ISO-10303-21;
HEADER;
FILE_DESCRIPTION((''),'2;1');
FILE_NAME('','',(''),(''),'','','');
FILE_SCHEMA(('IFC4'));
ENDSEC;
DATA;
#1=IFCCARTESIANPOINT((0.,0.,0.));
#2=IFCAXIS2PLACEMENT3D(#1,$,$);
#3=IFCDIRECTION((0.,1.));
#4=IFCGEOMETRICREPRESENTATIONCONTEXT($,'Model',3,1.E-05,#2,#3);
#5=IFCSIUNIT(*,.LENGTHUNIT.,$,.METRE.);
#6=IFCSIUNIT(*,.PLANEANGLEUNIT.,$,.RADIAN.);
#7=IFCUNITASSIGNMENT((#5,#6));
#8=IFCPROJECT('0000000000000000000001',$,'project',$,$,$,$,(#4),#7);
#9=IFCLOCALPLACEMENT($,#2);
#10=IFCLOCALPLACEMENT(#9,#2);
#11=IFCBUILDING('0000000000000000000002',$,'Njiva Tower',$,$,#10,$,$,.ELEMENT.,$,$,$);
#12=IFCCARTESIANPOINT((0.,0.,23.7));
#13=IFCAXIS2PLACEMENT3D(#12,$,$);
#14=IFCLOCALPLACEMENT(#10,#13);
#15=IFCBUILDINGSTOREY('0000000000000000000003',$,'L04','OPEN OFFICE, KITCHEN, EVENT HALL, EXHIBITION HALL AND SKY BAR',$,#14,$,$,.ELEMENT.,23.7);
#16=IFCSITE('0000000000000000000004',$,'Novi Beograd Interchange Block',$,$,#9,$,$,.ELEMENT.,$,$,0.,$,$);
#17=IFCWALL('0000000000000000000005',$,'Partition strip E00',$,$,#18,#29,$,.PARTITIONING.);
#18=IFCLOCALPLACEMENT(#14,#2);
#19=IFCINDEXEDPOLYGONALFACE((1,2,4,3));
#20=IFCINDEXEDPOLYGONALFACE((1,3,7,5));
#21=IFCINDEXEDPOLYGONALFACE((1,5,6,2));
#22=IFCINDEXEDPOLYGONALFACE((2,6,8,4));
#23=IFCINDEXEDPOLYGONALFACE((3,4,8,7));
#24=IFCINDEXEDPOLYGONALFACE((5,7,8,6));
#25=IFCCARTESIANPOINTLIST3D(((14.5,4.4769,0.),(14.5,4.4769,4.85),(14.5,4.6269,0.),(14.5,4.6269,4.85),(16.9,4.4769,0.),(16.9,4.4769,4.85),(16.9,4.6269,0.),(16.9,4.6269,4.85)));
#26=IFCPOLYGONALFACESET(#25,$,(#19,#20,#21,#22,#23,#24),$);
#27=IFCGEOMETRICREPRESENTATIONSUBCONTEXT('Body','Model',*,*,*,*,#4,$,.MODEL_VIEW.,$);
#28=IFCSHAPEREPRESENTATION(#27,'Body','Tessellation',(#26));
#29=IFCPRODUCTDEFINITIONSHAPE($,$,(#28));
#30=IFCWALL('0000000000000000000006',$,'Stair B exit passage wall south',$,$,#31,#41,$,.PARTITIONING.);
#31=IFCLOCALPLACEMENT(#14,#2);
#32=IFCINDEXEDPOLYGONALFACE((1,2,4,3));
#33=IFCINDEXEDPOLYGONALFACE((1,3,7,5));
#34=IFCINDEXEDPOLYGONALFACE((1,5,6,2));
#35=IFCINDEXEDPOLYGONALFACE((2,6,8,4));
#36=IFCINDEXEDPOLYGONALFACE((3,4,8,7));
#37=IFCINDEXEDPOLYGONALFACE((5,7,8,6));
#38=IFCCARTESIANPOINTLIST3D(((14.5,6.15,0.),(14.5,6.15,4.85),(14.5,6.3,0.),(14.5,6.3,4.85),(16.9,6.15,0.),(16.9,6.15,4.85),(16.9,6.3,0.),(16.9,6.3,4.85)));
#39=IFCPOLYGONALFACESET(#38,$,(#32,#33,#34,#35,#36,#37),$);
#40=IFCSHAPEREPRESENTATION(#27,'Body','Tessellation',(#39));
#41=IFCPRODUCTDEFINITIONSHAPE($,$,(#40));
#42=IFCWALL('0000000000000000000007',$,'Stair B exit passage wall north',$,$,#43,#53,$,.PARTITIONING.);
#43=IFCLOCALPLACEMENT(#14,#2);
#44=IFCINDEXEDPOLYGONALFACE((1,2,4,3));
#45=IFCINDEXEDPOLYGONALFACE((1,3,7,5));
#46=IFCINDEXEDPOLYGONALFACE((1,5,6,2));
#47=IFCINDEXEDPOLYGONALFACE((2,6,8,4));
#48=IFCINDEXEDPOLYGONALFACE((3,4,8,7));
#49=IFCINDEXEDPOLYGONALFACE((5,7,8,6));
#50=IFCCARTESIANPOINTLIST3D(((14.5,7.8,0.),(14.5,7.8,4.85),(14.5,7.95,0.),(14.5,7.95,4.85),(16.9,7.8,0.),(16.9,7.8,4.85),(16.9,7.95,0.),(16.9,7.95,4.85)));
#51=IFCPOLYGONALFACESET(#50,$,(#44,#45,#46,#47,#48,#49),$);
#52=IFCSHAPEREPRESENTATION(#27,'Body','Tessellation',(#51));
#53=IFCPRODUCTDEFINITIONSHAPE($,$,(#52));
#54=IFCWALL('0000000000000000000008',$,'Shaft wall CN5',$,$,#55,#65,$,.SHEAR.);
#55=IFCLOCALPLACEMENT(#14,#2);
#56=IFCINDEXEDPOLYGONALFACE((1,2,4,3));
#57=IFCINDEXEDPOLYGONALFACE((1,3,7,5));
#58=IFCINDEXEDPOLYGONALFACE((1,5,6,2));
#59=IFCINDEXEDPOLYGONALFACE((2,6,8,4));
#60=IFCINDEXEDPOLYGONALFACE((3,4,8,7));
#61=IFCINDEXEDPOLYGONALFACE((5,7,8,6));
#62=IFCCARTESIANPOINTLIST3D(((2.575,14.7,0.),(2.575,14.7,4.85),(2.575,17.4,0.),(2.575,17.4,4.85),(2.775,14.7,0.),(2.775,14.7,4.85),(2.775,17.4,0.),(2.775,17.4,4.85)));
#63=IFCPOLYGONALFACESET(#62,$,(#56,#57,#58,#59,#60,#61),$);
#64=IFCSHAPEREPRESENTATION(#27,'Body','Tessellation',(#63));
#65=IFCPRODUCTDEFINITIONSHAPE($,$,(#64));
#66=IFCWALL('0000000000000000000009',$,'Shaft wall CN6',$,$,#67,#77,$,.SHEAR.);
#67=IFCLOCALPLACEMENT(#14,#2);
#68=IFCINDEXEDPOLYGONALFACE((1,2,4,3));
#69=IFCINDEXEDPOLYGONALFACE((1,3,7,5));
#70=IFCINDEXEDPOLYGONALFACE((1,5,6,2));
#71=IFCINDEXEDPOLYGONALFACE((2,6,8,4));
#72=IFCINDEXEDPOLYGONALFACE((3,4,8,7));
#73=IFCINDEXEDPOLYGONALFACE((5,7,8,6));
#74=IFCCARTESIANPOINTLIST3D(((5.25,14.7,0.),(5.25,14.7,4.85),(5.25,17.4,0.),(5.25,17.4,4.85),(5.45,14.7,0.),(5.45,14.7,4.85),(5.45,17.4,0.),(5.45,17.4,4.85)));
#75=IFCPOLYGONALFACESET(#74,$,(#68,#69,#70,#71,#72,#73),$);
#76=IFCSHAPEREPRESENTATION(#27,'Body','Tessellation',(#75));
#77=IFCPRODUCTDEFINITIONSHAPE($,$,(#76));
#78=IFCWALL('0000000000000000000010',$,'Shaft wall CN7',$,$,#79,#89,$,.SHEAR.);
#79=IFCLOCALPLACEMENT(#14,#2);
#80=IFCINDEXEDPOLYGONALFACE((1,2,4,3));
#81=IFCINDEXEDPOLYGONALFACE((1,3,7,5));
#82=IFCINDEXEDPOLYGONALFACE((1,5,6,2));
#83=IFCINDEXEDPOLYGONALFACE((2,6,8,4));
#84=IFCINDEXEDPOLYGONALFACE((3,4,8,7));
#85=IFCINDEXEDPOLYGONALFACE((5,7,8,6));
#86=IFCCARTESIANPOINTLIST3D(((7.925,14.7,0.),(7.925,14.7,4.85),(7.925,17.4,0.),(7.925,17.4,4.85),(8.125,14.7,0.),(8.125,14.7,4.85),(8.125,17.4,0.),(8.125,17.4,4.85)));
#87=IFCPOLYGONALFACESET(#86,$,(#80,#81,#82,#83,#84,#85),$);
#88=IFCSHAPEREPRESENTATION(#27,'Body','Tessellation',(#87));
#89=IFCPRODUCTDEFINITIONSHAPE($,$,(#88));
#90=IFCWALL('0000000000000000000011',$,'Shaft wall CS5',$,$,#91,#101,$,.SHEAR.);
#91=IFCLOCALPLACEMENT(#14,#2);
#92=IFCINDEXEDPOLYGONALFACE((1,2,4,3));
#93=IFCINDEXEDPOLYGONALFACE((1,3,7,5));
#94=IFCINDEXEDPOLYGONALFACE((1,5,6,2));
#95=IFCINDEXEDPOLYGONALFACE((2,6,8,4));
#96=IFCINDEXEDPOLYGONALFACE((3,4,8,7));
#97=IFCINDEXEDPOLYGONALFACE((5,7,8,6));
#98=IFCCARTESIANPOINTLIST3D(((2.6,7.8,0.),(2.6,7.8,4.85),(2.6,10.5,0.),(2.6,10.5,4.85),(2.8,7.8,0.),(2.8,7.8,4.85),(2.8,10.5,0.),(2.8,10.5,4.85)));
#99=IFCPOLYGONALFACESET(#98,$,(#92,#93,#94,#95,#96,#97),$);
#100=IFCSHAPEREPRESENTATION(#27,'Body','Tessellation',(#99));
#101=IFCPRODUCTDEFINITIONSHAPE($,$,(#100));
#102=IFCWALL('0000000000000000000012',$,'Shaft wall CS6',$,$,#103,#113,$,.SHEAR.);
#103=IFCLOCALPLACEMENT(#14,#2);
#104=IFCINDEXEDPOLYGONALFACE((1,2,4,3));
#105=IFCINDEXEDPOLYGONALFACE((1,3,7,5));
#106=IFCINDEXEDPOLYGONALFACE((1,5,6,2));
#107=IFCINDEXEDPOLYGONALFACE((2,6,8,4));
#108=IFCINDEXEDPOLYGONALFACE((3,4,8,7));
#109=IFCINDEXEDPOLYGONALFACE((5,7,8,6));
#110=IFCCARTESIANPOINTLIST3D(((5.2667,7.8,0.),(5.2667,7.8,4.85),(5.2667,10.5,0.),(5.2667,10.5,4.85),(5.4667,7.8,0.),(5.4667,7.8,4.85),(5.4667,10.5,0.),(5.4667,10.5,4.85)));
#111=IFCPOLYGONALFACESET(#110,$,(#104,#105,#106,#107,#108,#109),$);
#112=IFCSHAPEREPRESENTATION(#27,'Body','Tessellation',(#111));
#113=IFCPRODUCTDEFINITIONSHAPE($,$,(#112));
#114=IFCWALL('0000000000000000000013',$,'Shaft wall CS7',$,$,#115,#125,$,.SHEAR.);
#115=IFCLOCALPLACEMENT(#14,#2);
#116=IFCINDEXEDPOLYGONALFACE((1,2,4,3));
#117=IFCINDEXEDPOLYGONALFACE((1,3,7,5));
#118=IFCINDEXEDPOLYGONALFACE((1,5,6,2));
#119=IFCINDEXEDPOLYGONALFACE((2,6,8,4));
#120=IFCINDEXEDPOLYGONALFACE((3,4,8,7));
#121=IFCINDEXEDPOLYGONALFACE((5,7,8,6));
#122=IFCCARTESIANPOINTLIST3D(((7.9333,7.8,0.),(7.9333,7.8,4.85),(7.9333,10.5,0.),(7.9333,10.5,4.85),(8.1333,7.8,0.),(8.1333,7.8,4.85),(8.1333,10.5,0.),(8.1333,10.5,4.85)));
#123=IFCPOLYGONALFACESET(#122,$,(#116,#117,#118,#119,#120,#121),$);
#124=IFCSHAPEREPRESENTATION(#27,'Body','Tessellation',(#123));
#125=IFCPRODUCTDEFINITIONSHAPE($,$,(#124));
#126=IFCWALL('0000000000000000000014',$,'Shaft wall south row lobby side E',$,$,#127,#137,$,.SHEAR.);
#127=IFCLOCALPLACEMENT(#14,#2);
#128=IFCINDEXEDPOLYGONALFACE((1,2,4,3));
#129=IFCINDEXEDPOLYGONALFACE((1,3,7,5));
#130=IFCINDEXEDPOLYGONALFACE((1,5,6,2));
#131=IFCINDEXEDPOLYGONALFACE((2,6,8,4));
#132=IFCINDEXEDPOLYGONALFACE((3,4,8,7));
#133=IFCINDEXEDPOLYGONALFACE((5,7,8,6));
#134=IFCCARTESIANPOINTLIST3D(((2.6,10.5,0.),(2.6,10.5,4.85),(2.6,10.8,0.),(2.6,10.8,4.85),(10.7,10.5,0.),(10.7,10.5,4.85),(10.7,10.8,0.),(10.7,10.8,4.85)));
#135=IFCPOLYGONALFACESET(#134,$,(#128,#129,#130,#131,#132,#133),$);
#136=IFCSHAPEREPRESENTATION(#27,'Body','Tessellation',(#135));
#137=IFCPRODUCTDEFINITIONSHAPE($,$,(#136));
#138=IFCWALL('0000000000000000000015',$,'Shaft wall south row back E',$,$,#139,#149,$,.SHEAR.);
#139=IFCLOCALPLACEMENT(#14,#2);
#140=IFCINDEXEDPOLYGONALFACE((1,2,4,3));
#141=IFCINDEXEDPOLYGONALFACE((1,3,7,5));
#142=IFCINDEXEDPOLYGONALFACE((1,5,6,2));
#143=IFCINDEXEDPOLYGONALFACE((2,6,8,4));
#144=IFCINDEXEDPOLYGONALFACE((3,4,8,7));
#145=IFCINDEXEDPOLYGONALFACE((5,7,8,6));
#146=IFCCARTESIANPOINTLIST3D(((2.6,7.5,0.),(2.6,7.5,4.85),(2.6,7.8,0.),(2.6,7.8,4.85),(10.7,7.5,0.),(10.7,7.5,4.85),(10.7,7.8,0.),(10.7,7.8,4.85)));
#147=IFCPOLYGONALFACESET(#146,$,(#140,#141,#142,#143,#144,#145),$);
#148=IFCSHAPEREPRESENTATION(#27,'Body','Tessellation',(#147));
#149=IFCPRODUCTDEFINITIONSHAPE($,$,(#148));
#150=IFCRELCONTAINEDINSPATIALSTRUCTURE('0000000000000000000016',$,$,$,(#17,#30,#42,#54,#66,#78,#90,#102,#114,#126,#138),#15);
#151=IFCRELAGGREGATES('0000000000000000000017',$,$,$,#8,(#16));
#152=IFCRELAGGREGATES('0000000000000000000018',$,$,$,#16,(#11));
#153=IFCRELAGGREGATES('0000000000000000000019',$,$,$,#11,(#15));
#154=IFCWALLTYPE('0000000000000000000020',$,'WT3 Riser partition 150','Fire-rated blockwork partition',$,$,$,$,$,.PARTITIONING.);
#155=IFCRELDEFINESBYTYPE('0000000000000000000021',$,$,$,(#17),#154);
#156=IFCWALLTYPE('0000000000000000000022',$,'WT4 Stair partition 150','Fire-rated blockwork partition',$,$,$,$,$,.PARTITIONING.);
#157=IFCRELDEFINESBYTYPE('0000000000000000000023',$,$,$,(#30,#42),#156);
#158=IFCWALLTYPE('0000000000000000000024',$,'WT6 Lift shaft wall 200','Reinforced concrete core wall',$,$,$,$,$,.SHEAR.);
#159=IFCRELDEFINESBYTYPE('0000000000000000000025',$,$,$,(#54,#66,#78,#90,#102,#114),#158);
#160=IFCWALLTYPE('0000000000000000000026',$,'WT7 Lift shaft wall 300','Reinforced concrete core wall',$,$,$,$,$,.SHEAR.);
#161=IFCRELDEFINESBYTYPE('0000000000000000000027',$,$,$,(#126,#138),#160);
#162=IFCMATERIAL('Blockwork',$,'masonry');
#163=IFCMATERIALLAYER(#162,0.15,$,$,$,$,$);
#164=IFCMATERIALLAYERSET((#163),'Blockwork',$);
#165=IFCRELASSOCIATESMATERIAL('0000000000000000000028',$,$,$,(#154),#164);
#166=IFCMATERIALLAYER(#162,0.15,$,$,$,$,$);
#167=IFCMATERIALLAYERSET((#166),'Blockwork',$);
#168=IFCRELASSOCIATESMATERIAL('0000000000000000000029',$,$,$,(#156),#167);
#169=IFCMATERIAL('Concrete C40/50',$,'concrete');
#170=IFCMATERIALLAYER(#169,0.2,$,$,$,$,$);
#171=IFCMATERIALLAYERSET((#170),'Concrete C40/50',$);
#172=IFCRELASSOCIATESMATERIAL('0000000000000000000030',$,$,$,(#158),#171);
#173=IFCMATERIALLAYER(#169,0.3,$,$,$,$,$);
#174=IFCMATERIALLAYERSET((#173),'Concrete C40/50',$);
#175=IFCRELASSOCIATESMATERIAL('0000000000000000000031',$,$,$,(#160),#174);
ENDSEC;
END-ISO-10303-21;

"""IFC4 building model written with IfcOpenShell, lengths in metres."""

from ifc_helpers import new_model, si_unit, direction, frame, frame_2d, origin, place, context, subcontext, project, spatial, rectangle, extrude, material, layer, layer_set, type_object, element, save


model = new_model("IFC4")

# Units and contexts
model_context = context("Model", 3, precision=1e-05, world=origin(), true_north=direction((0.0, 1.0)))
body_context = subcontext(model_context, "Body", "Model", "MODEL_VIEW")
ifc_project = project(units=[si_unit("LENGTHUNIT", "METRE"), si_unit("PLANEANGLEUNIT", "RADIAN")], contexts=[model_context])

# Site, building, storey
site_placement = place(None, origin())
site = spatial("IfcSite", under=ifc_project, at=site_placement, Name="Novi Beograd Interchange Block", CompositionType="ELEMENT", RefElevation=0.0)
building_placement = place(site_placement, origin())
building = spatial("IfcBuilding", under=site, at=building_placement, Name="Njiva Tower", CompositionType="ELEMENT")
storey_placement = place(building_placement, frame((0.0, 0.0, 23.7)))
storey = spatial("IfcBuildingStorey", under=building, at=storey_placement, Name="L04", Description="OPEN OFFICE, KITCHEN, EVENT HALL, EXHIBITION HALL AND SKY BAR", CompositionType="ELEMENT", Elevation=23.7)

# Shared definitions
ifc_material_1 = material(Name="Blockwork", Category="masonry")

# Shared definitions
ifc_material_2 = material(Name="Concrete C40/50", Category="concrete")

# Walls
ifc_layer_1 = layer(ifc_material_1, 0.15)
ifc_layer_set_1 = layer_set([ifc_layer_1], Name="Blockwork")
wall_type_1 = type_object("IfcWallType", Name="WT3 Riser partition 150", Description="Fire-rated blockwork partition", PredefinedType="PARTITIONING", material=ifc_layer_set_1)
wall_1_placement = place(storey_placement, frame((14.5, 4.5519, 0.0), z_axis=(0.0, 0.0, 1.0), x_axis=(1.0, 0.0, 0.0)))
element("IfcWall", 1, at=wall_1_placement, inside=storey, type_object=wall_type_1, Name="Partition strip E00", PredefinedType="PARTITIONING", context=body_context, shape_type="SweptSolid", body=[
    extrude(rectangle(XDim=2.4, YDim=0.15, at=frame_2d((1.2, 0.0))), origin(), (0.0, 0.0, 1.0), 4.85),
])
ifc_layer_2 = layer(ifc_material_1, 0.15)
ifc_layer_set_2 = layer_set([ifc_layer_2], Name="Blockwork")
wall_type_2 = type_object("IfcWallType", Name="WT4 Stair partition 150", Description="Fire-rated blockwork partition", PredefinedType="PARTITIONING", material=ifc_layer_set_2)
for number, where, z_axis, x_axis, name in (
    (2, (14.5, 6.225, 0.0), (0.0, 0.0, 1.0), (1.0, 0.0, 0.0), "Stair B exit passage wall south"),
    (3, (14.5, 7.875, 0.0), (0.0, 0.0, 1.0), (1.0, 0.0, 0.0), "Stair B exit passage wall north"),
):
    element("IfcWall", number, at=place(storey_placement, frame(where, z_axis=z_axis, x_axis=x_axis)), inside=storey, type_object=wall_type_2, Name=name, PredefinedType="PARTITIONING", context=body_context, shape_type="SweptSolid", body=[
        extrude(rectangle(XDim=2.4, YDim=0.15, at=frame_2d((1.2, 0.0))), origin(), (0.0, 0.0, 1.0), 4.85),
    ])
ifc_layer_3 = layer(ifc_material_2, 0.2)
ifc_layer_set_3 = layer_set([ifc_layer_3], Name="Concrete C40/50")
wall_type_3 = type_object("IfcWallType", Name="WT6 Lift shaft wall 200", Description="Reinforced concrete core wall", PredefinedType="SHEAR", material=ifc_layer_set_3)
for number, where, z_axis, x_axis, name in (
    (4, (2.675, 14.7, 0.0), (0.0, 0.0, 1.0), (0.0, 1.0, 0.0), "Shaft wall CN5"),
    (5, (5.35, 14.7, 0.0), (0.0, 0.0, 1.0), (0.0, 1.0, 0.0), "Shaft wall CN6"),
    (6, (8.025, 14.7, 0.0), (0.0, 0.0, 1.0), (0.0, 1.0, 0.0), "Shaft wall CN7"),
    (7, (2.7, 7.8, 0.0), (0.0, 0.0, 1.0), (0.0, 1.0, 0.0), "Shaft wall CS5"),
    (8, (5.3667, 7.8, 0.0), (0.0, 0.0, 1.0), (0.0, 1.0, 0.0), "Shaft wall CS6"),
    (9, (8.0333, 7.8, 0.0), (0.0, 0.0, 1.0), (0.0, 1.0, 0.0), "Shaft wall CS7"),
):
    element("IfcWall", number, at=place(storey_placement, frame(where, z_axis=z_axis, x_axis=x_axis)), inside=storey, type_object=wall_type_3, Name=name, PredefinedType="SHEAR", context=body_context, shape_type="SweptSolid", body=[
        extrude(rectangle(XDim=2.7, YDim=0.2, at=frame_2d((1.35, 0.0))), origin(), (0.0, 0.0, 1.0), 4.85),
    ])
ifc_layer_4 = layer(ifc_material_2, 0.3)
ifc_layer_set_4 = layer_set([ifc_layer_4], Name="Concrete C40/50")
wall_type_4 = type_object("IfcWallType", Name="WT7 Lift shaft wall 300", Description="Reinforced concrete core wall", PredefinedType="SHEAR", material=ifc_layer_set_4)
for number, where, z_axis, x_axis, name in (
    (10, (2.6, 10.65, 0.0), (0.0, 0.0, 1.0), (1.0, 0.0, 0.0), "Shaft wall south row lobby side E"),
    (11, (2.6, 7.65, 0.0), (0.0, 0.0, 1.0), (1.0, 0.0, 0.0), "Shaft wall south row back E"),
):
    element("IfcWall", number, at=place(storey_placement, frame(where, z_axis=z_axis, x_axis=x_axis)), inside=storey, type_object=wall_type_4, Name=name, PredefinedType="SHEAR", context=body_context, shape_type="SweptSolid", body=[
        extrude(rectangle(XDim=8.1, YDim=0.3, at=frame_2d((4.05, 0.0))), origin(), (0.0, 0.0, 1.0), 4.85),
    ])

save(model, "model.ifc")
